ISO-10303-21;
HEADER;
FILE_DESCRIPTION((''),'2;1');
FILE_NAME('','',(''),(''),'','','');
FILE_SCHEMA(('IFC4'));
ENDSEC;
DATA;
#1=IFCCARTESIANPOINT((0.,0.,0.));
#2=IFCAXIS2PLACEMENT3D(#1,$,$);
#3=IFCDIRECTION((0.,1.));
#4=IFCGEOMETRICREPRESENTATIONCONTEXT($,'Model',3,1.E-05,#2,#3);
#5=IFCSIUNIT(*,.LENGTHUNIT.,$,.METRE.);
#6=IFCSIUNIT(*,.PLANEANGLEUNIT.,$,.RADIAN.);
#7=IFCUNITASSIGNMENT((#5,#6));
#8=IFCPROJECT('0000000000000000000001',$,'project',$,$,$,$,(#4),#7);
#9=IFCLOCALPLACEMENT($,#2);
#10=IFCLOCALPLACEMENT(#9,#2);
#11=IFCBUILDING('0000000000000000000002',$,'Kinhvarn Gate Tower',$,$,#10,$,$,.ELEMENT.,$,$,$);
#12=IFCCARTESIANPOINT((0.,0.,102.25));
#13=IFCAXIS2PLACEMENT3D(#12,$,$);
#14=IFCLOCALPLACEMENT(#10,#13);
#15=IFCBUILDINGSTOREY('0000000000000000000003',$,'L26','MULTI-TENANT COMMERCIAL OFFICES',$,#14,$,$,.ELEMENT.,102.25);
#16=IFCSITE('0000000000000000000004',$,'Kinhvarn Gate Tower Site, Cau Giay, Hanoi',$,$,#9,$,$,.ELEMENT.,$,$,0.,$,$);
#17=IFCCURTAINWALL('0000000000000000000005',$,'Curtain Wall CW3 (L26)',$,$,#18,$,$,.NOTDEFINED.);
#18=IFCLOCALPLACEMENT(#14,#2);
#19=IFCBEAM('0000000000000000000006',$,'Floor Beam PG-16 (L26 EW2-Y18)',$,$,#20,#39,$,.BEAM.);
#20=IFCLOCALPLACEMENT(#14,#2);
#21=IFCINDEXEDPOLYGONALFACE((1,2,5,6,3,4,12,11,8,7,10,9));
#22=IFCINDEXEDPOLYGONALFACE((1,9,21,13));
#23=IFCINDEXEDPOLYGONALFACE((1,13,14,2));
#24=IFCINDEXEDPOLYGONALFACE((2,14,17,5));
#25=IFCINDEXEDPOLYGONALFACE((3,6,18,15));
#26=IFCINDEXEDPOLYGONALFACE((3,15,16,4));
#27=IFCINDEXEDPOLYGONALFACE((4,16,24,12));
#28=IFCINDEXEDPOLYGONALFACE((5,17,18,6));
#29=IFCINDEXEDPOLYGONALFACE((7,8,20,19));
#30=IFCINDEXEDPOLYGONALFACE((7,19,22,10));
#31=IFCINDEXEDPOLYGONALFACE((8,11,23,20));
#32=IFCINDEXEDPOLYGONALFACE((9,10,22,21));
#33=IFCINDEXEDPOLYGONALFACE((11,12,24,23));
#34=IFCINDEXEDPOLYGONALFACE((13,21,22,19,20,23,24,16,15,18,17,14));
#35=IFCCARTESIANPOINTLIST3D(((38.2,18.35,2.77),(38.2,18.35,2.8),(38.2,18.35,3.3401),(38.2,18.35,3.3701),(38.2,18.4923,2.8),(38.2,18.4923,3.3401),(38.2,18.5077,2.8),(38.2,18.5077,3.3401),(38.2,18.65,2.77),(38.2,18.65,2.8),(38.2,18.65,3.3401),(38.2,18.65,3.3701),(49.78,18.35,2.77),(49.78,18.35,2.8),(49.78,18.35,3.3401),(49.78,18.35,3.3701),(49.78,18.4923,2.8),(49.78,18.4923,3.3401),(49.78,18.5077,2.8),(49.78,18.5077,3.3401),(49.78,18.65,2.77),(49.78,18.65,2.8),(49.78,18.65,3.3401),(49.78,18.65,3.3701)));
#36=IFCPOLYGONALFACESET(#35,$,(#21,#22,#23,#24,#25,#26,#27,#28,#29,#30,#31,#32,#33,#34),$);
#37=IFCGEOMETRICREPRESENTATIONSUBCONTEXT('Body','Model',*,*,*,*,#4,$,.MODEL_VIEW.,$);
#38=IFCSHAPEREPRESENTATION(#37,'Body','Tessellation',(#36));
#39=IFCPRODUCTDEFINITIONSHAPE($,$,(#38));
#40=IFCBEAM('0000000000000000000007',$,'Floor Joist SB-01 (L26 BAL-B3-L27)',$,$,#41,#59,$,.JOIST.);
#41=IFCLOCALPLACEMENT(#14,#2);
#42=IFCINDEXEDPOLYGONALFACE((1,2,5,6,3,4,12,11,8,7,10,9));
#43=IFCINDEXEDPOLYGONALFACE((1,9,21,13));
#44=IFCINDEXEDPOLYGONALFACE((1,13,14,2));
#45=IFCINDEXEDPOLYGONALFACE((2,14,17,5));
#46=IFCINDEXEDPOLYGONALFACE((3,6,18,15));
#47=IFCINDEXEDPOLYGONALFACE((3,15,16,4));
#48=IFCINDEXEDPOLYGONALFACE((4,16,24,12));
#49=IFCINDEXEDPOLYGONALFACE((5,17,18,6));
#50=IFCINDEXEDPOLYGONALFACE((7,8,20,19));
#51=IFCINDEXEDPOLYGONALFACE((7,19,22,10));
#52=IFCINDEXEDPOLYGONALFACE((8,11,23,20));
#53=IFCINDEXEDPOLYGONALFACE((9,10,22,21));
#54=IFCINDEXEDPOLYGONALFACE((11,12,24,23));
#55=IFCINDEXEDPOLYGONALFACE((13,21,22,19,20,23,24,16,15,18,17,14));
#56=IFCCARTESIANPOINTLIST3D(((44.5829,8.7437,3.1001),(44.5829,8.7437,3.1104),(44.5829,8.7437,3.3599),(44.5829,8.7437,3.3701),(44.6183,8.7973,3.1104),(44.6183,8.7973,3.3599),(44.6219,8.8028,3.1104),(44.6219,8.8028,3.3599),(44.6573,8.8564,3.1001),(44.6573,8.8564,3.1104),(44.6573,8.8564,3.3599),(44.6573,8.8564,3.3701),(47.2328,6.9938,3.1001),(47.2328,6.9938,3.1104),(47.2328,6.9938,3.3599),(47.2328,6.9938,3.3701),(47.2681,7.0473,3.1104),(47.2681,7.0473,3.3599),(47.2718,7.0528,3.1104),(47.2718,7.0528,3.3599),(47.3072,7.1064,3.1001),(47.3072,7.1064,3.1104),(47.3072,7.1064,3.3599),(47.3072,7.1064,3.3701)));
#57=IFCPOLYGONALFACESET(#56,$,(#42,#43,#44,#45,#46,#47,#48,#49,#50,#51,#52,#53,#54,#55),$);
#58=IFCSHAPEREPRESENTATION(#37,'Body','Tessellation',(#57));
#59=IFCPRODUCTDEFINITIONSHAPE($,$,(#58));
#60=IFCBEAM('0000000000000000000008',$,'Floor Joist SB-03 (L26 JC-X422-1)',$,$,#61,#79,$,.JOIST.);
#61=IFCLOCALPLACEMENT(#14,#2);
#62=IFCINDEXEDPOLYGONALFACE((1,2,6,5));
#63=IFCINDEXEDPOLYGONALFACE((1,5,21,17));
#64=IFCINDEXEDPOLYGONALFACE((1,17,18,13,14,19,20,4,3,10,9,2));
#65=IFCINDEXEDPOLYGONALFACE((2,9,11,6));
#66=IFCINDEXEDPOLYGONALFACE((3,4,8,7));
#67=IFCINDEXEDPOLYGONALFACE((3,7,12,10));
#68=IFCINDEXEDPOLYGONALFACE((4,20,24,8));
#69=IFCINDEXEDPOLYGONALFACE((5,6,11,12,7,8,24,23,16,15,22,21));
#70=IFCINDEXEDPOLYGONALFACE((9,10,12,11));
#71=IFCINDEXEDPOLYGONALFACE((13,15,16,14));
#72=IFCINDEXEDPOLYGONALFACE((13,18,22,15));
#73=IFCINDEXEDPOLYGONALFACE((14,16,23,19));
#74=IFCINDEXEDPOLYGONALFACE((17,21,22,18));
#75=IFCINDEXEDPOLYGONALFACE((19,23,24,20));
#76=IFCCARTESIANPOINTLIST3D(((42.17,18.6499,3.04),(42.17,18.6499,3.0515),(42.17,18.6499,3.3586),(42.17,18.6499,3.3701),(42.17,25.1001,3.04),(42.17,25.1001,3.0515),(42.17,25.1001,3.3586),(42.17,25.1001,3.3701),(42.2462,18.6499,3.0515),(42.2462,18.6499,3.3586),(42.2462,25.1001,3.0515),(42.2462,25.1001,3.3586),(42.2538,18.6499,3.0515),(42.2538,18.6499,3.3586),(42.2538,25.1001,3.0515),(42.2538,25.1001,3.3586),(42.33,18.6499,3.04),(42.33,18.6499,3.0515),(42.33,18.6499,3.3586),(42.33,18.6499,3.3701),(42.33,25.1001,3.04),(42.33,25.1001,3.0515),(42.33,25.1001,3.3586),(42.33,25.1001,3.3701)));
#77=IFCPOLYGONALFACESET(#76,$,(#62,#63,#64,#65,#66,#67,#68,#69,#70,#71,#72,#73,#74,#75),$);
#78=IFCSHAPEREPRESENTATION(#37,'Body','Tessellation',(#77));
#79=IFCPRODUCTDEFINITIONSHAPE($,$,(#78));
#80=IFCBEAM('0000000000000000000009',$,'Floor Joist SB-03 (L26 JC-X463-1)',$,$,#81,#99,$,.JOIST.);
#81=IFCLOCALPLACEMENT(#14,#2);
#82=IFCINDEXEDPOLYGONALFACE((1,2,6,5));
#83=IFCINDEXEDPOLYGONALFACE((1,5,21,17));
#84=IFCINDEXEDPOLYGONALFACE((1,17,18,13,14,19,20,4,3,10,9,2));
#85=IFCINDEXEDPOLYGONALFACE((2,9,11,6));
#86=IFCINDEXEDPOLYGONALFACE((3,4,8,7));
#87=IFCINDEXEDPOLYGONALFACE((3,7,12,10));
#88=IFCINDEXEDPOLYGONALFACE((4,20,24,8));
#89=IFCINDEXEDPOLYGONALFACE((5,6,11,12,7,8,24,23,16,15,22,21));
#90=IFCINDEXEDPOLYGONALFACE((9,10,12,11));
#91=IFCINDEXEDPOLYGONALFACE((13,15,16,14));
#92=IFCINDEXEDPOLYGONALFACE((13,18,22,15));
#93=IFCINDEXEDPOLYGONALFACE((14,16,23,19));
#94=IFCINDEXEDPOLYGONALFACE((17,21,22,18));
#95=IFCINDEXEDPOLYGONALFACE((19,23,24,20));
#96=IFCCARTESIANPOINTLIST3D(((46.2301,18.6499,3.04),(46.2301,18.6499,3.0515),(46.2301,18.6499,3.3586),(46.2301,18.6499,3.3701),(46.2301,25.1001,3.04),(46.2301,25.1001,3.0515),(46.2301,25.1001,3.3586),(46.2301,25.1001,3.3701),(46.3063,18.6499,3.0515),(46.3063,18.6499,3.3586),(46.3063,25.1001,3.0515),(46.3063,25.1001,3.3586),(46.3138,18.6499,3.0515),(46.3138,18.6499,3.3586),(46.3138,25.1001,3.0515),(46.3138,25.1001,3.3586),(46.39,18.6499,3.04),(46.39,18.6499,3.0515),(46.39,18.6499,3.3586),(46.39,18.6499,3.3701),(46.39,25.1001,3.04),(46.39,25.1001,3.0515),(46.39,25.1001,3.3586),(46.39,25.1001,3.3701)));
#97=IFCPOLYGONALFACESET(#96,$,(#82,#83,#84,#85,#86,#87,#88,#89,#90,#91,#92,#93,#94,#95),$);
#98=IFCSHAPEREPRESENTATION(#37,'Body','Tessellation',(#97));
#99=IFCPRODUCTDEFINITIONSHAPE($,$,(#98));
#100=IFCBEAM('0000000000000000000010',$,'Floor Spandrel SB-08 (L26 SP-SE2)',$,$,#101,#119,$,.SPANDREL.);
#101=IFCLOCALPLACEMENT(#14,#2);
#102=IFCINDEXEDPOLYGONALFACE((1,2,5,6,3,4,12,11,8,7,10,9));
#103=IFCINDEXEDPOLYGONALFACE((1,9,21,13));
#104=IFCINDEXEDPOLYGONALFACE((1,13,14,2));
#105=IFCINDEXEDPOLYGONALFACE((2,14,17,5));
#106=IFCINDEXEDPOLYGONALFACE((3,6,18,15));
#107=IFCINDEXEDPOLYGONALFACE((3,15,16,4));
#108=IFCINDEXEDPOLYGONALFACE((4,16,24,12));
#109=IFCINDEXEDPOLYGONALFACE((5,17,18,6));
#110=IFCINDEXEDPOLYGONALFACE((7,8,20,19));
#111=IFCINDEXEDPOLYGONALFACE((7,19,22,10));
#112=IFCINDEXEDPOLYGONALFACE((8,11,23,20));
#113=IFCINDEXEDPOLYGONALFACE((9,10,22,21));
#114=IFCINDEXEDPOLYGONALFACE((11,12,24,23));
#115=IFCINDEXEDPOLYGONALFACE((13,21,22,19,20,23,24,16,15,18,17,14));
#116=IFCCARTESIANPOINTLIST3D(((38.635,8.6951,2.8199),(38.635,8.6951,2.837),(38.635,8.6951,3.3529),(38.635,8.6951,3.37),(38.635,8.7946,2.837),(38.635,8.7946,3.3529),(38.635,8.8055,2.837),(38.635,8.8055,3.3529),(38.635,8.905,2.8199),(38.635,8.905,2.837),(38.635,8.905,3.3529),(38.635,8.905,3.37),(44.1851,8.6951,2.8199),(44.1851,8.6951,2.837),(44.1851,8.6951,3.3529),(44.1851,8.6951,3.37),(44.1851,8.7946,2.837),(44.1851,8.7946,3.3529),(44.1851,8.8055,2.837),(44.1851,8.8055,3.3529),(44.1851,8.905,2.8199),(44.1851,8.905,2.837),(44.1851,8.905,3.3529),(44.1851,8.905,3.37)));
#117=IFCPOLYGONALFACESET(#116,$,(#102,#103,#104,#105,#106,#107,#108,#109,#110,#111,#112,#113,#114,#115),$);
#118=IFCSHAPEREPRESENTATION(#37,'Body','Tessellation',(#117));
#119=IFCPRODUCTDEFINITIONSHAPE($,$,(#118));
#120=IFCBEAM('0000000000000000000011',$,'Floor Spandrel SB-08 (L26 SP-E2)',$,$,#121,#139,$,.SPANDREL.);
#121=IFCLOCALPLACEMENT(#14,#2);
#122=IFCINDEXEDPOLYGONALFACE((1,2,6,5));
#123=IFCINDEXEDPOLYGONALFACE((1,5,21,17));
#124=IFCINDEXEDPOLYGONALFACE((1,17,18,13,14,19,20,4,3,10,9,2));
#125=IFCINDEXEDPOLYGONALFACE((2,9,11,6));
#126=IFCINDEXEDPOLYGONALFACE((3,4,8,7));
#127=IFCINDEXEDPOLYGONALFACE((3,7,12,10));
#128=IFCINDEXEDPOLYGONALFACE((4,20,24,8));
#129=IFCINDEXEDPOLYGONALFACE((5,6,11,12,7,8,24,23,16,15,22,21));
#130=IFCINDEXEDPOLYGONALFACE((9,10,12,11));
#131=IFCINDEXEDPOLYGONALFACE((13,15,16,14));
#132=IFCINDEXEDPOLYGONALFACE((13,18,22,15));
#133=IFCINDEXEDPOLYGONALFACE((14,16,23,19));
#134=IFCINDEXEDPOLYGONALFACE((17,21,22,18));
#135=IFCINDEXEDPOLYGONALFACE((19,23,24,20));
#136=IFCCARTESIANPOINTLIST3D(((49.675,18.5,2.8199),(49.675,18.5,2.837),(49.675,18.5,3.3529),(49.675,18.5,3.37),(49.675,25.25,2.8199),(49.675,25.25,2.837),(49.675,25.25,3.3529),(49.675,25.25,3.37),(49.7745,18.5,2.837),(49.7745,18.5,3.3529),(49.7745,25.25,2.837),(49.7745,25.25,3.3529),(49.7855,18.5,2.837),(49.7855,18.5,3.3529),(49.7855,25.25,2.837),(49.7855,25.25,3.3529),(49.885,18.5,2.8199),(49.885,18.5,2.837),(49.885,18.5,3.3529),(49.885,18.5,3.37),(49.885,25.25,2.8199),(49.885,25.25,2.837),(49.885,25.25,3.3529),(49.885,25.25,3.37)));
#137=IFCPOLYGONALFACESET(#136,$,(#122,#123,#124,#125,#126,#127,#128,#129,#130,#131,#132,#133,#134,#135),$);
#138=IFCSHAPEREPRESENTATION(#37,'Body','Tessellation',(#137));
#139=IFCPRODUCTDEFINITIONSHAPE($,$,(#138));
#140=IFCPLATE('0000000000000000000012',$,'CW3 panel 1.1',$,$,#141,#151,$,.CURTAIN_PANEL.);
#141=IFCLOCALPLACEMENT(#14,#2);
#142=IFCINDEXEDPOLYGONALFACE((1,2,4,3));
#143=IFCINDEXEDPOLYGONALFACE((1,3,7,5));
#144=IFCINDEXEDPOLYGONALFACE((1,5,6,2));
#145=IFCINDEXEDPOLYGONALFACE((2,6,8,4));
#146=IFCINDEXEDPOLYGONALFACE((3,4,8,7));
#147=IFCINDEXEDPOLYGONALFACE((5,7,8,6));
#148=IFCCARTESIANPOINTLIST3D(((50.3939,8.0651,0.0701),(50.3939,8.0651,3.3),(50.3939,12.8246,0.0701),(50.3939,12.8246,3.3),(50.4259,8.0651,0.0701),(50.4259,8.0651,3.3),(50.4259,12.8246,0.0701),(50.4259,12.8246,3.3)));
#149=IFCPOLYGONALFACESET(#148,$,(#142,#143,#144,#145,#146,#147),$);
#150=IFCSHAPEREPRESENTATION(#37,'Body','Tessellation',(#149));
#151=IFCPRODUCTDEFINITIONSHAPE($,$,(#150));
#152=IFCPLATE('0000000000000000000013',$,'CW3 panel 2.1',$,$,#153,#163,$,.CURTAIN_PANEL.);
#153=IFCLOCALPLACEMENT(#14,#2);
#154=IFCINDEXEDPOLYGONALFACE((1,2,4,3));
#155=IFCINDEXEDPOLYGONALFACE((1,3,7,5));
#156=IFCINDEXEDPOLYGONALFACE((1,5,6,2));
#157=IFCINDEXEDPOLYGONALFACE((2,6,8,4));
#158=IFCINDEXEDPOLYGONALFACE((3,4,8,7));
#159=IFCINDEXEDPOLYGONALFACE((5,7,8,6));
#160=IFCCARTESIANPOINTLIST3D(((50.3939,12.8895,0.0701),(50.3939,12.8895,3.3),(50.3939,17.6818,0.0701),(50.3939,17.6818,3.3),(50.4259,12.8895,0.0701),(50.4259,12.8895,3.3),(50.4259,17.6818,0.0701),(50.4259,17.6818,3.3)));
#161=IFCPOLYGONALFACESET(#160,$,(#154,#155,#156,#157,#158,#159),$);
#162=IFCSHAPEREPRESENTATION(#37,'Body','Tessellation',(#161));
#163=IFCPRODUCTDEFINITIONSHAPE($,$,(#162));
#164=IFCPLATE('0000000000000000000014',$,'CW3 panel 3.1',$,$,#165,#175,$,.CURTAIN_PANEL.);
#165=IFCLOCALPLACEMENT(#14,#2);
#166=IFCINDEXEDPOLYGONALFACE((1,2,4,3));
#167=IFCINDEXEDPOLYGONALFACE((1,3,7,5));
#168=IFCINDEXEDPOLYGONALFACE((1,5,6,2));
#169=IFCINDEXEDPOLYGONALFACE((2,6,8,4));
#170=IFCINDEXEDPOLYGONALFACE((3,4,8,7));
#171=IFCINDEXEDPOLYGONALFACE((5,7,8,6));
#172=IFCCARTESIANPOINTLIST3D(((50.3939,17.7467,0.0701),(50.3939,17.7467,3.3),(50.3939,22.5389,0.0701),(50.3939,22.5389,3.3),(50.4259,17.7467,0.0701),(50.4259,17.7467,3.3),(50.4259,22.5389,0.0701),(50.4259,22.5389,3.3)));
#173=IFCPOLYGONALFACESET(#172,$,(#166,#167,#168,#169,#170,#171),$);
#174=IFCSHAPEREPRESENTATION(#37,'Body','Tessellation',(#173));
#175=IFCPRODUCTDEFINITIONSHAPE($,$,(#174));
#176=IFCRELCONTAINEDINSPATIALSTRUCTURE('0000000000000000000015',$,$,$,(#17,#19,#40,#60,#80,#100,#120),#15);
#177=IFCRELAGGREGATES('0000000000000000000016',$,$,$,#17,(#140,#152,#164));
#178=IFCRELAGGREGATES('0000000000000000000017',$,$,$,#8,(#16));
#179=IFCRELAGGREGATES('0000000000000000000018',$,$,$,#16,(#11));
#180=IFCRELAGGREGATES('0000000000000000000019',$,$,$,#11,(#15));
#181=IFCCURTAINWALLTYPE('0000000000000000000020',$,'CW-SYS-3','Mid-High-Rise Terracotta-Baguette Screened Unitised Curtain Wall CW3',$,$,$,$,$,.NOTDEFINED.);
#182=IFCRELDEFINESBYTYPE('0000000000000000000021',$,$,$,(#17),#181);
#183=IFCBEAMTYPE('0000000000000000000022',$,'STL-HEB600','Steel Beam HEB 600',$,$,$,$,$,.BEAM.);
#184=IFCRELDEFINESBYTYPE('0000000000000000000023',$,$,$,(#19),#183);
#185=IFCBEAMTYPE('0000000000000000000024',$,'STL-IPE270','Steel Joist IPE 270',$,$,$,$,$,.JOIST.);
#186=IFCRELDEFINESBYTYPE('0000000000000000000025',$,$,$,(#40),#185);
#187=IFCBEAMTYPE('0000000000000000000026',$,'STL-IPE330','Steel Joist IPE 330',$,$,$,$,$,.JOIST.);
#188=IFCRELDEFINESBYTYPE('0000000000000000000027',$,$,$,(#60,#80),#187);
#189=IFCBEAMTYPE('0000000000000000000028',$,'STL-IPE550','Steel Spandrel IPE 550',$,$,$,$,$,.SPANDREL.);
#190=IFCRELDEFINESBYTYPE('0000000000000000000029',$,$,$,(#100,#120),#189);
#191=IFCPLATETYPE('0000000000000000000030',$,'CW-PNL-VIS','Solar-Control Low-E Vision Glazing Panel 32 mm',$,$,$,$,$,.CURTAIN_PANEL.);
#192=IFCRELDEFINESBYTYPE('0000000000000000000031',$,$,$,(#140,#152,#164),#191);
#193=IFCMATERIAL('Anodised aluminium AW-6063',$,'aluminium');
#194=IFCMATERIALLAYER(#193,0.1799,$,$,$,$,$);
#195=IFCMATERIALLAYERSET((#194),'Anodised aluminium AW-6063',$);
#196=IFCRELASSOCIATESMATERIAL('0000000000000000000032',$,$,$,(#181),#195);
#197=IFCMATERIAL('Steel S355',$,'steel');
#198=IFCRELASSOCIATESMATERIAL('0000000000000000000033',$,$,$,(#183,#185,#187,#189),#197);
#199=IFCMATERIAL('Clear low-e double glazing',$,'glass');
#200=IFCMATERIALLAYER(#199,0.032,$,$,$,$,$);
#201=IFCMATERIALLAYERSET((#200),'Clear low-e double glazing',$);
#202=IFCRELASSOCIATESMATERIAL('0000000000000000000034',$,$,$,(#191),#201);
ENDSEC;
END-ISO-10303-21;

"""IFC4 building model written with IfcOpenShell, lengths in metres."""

from ifc_helpers import new_model, si_unit, direction, frame, origin, origin_2d, place, context, subcontext, project, spatial, rectangle, i_section, extrude, material, layer, layer_set, material_profile, profile_set, type_object, element, aggregate, save


model = new_model("IFC4")

# Units and contexts
model_context = context("Model", 3, precision=1e-05, world=origin(), true_north=direction((0.0, 1.0)))
body_context = subcontext(model_context, "Body", "Model", "MODEL_VIEW")
ifc_project = project(units=[si_unit("LENGTHUNIT", "METRE"), si_unit("PLANEANGLEUNIT", "RADIAN")], contexts=[model_context])

# Site, building, storey
site_placement = place(None, origin())
site = spatial("IfcSite", under=ifc_project, at=site_placement, Name="Kinhvarn Gate Tower Site, Cau Giay, Hanoi", CompositionType="ELEMENT", RefElevation=0.0)
building_placement = place(site_placement, origin())
building = spatial("IfcBuilding", under=site, at=building_placement, Name="Kinhvarn Gate Tower", CompositionType="ELEMENT")
storey_placement = place(building_placement, frame((0.0, 0.0, 102.25)))
storey = spatial("IfcBuildingStorey", under=building, at=storey_placement, Name="L26", Description="MULTI-TENANT COMMERCIAL OFFICES", CompositionType="ELEMENT", Elevation=102.25)

# Curtain wall
ifc_material_1 = material(Name="Anodised aluminium AW-6063", Category="aluminium")
ifc_layer_1 = layer(ifc_material_1, 0.1799)
ifc_layer_set_1 = layer_set([ifc_layer_1], Name="Anodised aluminium AW-6063")
curtain_wall_type = type_object("IfcCurtainWallType", Name="CW-SYS-3", Description="Mid-High-Rise Terracotta-Baguette Screened Unitised Curtain Wall CW3", PredefinedType="NOTDEFINED", material=ifc_layer_set_1)
curtain_wall_placement = place(storey_placement, origin())
curtain_wall = element("IfcCurtainWall", 1, at=curtain_wall_placement, inside=storey, type_object=curtain_wall_type, Name="Curtain Wall CW3 (L26)", PredefinedType="NOTDEFINED")

# Beams
ifc_material_2 = material(Name="Steel S355", Category="steel")
ifc_material_profile_1 = material_profile(ifc_material_2, i_section(OverallWidth=0.3, OverallDepth=0.6001, WebThickness=0.0154, FlangeThickness=0.03, at=origin_2d()), Name="HEB 600")
ifc_profile_set_1 = profile_set([ifc_material_profile_1], Name="Steel S355")
beam_type_1 = type_object("IfcBeamType", Name="STL-HEB600", Description="Steel Beam HEB 600", PredefinedType="BEAM", material=ifc_profile_set_1)
beam_1_placement = place(storey_placement, frame((38.2, 18.5, 3.0701), z_axis=(1.0, 0.0, 0.0), x_axis=(0.0, 1.0, 0.0)))
element("IfcBeam", 2, at=beam_1_placement, inside=storey, type_object=beam_type_1, Name="Floor Beam PG-16 (L26 EW2-Y18)", PredefinedType="BEAM", context=body_context, shape_type="SweptSolid", body=[
    extrude(i_section(OverallWidth=0.3, OverallDepth=0.6001, WebThickness=0.0154, FlangeThickness=0.03, at=origin_2d()), origin(), (0.0, 0.0, 1.0), 11.5801),
])
ifc_material_profile_2 = material_profile(ifc_material_2, i_section(OverallWidth=0.135, OverallDepth=0.27, WebThickness=0.0066, FlangeThickness=0.0103, at=origin_2d()), Name="IPE 270")
ifc_profile_set_2 = profile_set([ifc_material_profile_2], Name="Steel S355")
beam_type_2 = type_object("IfcBeamType", Name="STL-IPE270", Description="Steel Joist IPE 270", PredefinedType="JOIST", material=ifc_profile_set_2)
beam_2_placement = place(storey_placement, frame((44.6201, 8.8, 3.2351), z_axis=(0.834455, -0.551076, 0.0), x_axis=(0.551076, 0.834455, 0.0)))
element("IfcBeam", 3, at=beam_2_placement, inside=storey, type_object=beam_type_2, Name="Floor Joist SB-01 (L26 BAL-B3-L27)", PredefinedType="JOIST", context=body_context, shape_type="SweptSolid", body=[
    extrude(i_section(OverallWidth=0.135, OverallDepth=0.27, WebThickness=0.0066, FlangeThickness=0.0103, at=origin_2d()), origin(), (0.0, 0.0, 1.0), 3.1755),
])
ifc_material_profile_3 = material_profile(ifc_material_2, i_section(OverallWidth=0.1599, OverallDepth=0.3301, WebThickness=0.0076, FlangeThickness=0.0115, at=origin_2d()), Name="IPE 330")
ifc_profile_set_3 = profile_set([ifc_material_profile_3], Name="Steel S355")
beam_type_3 = type_object("IfcBeamType", Name="STL-IPE330", Description="Steel Joist IPE 330", PredefinedType="JOIST", material=ifc_profile_set_3)
for number, where, z_axis, x_axis, name in (
    (4, (42.25, 18.6499, 3.2051), (0.0, 1.0, 0.0), (-1.0, 0.0, 0.0), "Floor Joist SB-03 (L26 JC-X422-1)"),
    (5, (46.3101, 18.6499, 3.2051), (0.0, 1.0, 0.0), (-1.0, 0.0, 0.0), "Floor Joist SB-03 (L26 JC-X463-1)"),
):
    element("IfcBeam", number, at=place(storey_placement, frame(where, z_axis=z_axis, x_axis=x_axis)), inside=storey, type_object=beam_type_3, Name=name, PredefinedType="JOIST", context=body_context, shape_type="SweptSolid", body=[
        extrude(i_section(OverallWidth=0.1599, OverallDepth=0.3301, WebThickness=0.0076, FlangeThickness=0.0115, at=origin_2d()), origin(), (0.0, 0.0, 1.0), 6.4502),
    ])
ifc_material_profile_4 = material_profile(ifc_material_2, i_section(OverallWidth=0.21, OverallDepth=0.55, WebThickness=0.011, FlangeThickness=0.0171, at=origin_2d()), Name="IPE 550")
ifc_profile_set_4 = profile_set([ifc_material_profile_4], Name="Steel S355")
beam_type_4 = type_object("IfcBeamType", Name="STL-IPE550", Description="Steel Spandrel IPE 550", PredefinedType="SPANDREL", material=ifc_profile_set_4)
beam_3_placement = place(storey_placement, frame((38.635, 8.8, 3.095), z_axis=(1.0, 0.0, 0.0), x_axis=(0.0, 1.0, 0.0)))
element("IfcBeam", 6, at=beam_3_placement, inside=storey, type_object=beam_type_4, Name="Floor Spandrel SB-08 (L26 SP-SE2)", PredefinedType="SPANDREL", context=body_context, shape_type="SweptSolid", body=[
    extrude(i_section(OverallWidth=0.21, OverallDepth=0.55, WebThickness=0.011, FlangeThickness=0.0171, at=origin_2d()), origin(), (0.0, 0.0, 1.0), 5.55),
])
beam_4_placement = place(storey_placement, frame((49.78, 18.5, 3.095), z_axis=(0.0, 1.0, 0.0), x_axis=(-1.0, 0.0, 0.0)))
element("IfcBeam", 7, at=beam_4_placement, inside=storey, type_object=beam_type_4, Name="Floor Spandrel SB-08 (L26 SP-E2)", PredefinedType="SPANDREL", context=body_context, shape_type="SweptSolid", body=[
    extrude(i_section(OverallWidth=0.21, OverallDepth=0.55, WebThickness=0.011, FlangeThickness=0.0171, at=origin_2d()), origin(), (0.0, 0.0, 1.0), 6.75),
])

# Plates
ifc_material_3 = material(Name="Clear low-e double glazing", Category="glass")
ifc_layer_2 = layer(ifc_material_3, 0.032)
ifc_layer_set_2 = layer_set([ifc_layer_2], Name="Clear low-e double glazing")
plate_type = type_object("IfcPlateType", Name="CW-PNL-VIS", Description="Solar-Control Low-E Vision Glazing Panel 32 mm", PredefinedType="CURTAIN_PANEL", material=ifc_layer_set_2)
plate_1_placement = place(storey_placement, frame((50.4099, 10.4448, 0.0701), z_axis=(0.0, 0.0, 1.0), x_axis=(0.0, 1.0, 0.0)))
plate_1 = element("IfcPlate", 8, at=plate_1_placement, type_object=plate_type, Name="CW3 panel 1.1", PredefinedType="CURTAIN_PANEL", context=body_context, shape_type="SweptSolid", body=[
    extrude(rectangle(XDim=4.7595, YDim=0.032, at=origin_2d()), origin(), (0.0, 0.0, 1.0), 3.23),
])
plate_2_placement = place(storey_placement, frame((50.4099, 15.2856, 0.0701), z_axis=(0.0, 0.0, 1.0), x_axis=(0.0, 1.0, 0.0)))
plate_2 = element("IfcPlate", 9, at=plate_2_placement, type_object=plate_type, Name="CW3 panel 2.1", PredefinedType="CURTAIN_PANEL", context=body_context, shape_type="SweptSolid", body=[
    extrude(rectangle(XDim=4.7922, YDim=0.032, at=origin_2d()), origin(), (0.0, 0.0, 1.0), 3.23),
])
plate_3_placement = place(storey_placement, frame((50.4099, 20.1428, 0.0701), z_axis=(0.0, 0.0, 1.0), x_axis=(0.0, 1.0, 0.0)))
plate_3 = element("IfcPlate", 10, at=plate_3_placement, type_object=plate_type, Name="CW3 panel 3.1", PredefinedType="CURTAIN_PANEL", context=body_context, shape_type="SweptSolid", body=[
    extrude(rectangle(XDim=4.7922, YDim=0.032, at=origin_2d()), origin(), (0.0, 0.0, 1.0), 3.23),
])
aggregate(curtain_wall, [plate_1, plate_2, plate_3])

save(model, "model.ifc")
